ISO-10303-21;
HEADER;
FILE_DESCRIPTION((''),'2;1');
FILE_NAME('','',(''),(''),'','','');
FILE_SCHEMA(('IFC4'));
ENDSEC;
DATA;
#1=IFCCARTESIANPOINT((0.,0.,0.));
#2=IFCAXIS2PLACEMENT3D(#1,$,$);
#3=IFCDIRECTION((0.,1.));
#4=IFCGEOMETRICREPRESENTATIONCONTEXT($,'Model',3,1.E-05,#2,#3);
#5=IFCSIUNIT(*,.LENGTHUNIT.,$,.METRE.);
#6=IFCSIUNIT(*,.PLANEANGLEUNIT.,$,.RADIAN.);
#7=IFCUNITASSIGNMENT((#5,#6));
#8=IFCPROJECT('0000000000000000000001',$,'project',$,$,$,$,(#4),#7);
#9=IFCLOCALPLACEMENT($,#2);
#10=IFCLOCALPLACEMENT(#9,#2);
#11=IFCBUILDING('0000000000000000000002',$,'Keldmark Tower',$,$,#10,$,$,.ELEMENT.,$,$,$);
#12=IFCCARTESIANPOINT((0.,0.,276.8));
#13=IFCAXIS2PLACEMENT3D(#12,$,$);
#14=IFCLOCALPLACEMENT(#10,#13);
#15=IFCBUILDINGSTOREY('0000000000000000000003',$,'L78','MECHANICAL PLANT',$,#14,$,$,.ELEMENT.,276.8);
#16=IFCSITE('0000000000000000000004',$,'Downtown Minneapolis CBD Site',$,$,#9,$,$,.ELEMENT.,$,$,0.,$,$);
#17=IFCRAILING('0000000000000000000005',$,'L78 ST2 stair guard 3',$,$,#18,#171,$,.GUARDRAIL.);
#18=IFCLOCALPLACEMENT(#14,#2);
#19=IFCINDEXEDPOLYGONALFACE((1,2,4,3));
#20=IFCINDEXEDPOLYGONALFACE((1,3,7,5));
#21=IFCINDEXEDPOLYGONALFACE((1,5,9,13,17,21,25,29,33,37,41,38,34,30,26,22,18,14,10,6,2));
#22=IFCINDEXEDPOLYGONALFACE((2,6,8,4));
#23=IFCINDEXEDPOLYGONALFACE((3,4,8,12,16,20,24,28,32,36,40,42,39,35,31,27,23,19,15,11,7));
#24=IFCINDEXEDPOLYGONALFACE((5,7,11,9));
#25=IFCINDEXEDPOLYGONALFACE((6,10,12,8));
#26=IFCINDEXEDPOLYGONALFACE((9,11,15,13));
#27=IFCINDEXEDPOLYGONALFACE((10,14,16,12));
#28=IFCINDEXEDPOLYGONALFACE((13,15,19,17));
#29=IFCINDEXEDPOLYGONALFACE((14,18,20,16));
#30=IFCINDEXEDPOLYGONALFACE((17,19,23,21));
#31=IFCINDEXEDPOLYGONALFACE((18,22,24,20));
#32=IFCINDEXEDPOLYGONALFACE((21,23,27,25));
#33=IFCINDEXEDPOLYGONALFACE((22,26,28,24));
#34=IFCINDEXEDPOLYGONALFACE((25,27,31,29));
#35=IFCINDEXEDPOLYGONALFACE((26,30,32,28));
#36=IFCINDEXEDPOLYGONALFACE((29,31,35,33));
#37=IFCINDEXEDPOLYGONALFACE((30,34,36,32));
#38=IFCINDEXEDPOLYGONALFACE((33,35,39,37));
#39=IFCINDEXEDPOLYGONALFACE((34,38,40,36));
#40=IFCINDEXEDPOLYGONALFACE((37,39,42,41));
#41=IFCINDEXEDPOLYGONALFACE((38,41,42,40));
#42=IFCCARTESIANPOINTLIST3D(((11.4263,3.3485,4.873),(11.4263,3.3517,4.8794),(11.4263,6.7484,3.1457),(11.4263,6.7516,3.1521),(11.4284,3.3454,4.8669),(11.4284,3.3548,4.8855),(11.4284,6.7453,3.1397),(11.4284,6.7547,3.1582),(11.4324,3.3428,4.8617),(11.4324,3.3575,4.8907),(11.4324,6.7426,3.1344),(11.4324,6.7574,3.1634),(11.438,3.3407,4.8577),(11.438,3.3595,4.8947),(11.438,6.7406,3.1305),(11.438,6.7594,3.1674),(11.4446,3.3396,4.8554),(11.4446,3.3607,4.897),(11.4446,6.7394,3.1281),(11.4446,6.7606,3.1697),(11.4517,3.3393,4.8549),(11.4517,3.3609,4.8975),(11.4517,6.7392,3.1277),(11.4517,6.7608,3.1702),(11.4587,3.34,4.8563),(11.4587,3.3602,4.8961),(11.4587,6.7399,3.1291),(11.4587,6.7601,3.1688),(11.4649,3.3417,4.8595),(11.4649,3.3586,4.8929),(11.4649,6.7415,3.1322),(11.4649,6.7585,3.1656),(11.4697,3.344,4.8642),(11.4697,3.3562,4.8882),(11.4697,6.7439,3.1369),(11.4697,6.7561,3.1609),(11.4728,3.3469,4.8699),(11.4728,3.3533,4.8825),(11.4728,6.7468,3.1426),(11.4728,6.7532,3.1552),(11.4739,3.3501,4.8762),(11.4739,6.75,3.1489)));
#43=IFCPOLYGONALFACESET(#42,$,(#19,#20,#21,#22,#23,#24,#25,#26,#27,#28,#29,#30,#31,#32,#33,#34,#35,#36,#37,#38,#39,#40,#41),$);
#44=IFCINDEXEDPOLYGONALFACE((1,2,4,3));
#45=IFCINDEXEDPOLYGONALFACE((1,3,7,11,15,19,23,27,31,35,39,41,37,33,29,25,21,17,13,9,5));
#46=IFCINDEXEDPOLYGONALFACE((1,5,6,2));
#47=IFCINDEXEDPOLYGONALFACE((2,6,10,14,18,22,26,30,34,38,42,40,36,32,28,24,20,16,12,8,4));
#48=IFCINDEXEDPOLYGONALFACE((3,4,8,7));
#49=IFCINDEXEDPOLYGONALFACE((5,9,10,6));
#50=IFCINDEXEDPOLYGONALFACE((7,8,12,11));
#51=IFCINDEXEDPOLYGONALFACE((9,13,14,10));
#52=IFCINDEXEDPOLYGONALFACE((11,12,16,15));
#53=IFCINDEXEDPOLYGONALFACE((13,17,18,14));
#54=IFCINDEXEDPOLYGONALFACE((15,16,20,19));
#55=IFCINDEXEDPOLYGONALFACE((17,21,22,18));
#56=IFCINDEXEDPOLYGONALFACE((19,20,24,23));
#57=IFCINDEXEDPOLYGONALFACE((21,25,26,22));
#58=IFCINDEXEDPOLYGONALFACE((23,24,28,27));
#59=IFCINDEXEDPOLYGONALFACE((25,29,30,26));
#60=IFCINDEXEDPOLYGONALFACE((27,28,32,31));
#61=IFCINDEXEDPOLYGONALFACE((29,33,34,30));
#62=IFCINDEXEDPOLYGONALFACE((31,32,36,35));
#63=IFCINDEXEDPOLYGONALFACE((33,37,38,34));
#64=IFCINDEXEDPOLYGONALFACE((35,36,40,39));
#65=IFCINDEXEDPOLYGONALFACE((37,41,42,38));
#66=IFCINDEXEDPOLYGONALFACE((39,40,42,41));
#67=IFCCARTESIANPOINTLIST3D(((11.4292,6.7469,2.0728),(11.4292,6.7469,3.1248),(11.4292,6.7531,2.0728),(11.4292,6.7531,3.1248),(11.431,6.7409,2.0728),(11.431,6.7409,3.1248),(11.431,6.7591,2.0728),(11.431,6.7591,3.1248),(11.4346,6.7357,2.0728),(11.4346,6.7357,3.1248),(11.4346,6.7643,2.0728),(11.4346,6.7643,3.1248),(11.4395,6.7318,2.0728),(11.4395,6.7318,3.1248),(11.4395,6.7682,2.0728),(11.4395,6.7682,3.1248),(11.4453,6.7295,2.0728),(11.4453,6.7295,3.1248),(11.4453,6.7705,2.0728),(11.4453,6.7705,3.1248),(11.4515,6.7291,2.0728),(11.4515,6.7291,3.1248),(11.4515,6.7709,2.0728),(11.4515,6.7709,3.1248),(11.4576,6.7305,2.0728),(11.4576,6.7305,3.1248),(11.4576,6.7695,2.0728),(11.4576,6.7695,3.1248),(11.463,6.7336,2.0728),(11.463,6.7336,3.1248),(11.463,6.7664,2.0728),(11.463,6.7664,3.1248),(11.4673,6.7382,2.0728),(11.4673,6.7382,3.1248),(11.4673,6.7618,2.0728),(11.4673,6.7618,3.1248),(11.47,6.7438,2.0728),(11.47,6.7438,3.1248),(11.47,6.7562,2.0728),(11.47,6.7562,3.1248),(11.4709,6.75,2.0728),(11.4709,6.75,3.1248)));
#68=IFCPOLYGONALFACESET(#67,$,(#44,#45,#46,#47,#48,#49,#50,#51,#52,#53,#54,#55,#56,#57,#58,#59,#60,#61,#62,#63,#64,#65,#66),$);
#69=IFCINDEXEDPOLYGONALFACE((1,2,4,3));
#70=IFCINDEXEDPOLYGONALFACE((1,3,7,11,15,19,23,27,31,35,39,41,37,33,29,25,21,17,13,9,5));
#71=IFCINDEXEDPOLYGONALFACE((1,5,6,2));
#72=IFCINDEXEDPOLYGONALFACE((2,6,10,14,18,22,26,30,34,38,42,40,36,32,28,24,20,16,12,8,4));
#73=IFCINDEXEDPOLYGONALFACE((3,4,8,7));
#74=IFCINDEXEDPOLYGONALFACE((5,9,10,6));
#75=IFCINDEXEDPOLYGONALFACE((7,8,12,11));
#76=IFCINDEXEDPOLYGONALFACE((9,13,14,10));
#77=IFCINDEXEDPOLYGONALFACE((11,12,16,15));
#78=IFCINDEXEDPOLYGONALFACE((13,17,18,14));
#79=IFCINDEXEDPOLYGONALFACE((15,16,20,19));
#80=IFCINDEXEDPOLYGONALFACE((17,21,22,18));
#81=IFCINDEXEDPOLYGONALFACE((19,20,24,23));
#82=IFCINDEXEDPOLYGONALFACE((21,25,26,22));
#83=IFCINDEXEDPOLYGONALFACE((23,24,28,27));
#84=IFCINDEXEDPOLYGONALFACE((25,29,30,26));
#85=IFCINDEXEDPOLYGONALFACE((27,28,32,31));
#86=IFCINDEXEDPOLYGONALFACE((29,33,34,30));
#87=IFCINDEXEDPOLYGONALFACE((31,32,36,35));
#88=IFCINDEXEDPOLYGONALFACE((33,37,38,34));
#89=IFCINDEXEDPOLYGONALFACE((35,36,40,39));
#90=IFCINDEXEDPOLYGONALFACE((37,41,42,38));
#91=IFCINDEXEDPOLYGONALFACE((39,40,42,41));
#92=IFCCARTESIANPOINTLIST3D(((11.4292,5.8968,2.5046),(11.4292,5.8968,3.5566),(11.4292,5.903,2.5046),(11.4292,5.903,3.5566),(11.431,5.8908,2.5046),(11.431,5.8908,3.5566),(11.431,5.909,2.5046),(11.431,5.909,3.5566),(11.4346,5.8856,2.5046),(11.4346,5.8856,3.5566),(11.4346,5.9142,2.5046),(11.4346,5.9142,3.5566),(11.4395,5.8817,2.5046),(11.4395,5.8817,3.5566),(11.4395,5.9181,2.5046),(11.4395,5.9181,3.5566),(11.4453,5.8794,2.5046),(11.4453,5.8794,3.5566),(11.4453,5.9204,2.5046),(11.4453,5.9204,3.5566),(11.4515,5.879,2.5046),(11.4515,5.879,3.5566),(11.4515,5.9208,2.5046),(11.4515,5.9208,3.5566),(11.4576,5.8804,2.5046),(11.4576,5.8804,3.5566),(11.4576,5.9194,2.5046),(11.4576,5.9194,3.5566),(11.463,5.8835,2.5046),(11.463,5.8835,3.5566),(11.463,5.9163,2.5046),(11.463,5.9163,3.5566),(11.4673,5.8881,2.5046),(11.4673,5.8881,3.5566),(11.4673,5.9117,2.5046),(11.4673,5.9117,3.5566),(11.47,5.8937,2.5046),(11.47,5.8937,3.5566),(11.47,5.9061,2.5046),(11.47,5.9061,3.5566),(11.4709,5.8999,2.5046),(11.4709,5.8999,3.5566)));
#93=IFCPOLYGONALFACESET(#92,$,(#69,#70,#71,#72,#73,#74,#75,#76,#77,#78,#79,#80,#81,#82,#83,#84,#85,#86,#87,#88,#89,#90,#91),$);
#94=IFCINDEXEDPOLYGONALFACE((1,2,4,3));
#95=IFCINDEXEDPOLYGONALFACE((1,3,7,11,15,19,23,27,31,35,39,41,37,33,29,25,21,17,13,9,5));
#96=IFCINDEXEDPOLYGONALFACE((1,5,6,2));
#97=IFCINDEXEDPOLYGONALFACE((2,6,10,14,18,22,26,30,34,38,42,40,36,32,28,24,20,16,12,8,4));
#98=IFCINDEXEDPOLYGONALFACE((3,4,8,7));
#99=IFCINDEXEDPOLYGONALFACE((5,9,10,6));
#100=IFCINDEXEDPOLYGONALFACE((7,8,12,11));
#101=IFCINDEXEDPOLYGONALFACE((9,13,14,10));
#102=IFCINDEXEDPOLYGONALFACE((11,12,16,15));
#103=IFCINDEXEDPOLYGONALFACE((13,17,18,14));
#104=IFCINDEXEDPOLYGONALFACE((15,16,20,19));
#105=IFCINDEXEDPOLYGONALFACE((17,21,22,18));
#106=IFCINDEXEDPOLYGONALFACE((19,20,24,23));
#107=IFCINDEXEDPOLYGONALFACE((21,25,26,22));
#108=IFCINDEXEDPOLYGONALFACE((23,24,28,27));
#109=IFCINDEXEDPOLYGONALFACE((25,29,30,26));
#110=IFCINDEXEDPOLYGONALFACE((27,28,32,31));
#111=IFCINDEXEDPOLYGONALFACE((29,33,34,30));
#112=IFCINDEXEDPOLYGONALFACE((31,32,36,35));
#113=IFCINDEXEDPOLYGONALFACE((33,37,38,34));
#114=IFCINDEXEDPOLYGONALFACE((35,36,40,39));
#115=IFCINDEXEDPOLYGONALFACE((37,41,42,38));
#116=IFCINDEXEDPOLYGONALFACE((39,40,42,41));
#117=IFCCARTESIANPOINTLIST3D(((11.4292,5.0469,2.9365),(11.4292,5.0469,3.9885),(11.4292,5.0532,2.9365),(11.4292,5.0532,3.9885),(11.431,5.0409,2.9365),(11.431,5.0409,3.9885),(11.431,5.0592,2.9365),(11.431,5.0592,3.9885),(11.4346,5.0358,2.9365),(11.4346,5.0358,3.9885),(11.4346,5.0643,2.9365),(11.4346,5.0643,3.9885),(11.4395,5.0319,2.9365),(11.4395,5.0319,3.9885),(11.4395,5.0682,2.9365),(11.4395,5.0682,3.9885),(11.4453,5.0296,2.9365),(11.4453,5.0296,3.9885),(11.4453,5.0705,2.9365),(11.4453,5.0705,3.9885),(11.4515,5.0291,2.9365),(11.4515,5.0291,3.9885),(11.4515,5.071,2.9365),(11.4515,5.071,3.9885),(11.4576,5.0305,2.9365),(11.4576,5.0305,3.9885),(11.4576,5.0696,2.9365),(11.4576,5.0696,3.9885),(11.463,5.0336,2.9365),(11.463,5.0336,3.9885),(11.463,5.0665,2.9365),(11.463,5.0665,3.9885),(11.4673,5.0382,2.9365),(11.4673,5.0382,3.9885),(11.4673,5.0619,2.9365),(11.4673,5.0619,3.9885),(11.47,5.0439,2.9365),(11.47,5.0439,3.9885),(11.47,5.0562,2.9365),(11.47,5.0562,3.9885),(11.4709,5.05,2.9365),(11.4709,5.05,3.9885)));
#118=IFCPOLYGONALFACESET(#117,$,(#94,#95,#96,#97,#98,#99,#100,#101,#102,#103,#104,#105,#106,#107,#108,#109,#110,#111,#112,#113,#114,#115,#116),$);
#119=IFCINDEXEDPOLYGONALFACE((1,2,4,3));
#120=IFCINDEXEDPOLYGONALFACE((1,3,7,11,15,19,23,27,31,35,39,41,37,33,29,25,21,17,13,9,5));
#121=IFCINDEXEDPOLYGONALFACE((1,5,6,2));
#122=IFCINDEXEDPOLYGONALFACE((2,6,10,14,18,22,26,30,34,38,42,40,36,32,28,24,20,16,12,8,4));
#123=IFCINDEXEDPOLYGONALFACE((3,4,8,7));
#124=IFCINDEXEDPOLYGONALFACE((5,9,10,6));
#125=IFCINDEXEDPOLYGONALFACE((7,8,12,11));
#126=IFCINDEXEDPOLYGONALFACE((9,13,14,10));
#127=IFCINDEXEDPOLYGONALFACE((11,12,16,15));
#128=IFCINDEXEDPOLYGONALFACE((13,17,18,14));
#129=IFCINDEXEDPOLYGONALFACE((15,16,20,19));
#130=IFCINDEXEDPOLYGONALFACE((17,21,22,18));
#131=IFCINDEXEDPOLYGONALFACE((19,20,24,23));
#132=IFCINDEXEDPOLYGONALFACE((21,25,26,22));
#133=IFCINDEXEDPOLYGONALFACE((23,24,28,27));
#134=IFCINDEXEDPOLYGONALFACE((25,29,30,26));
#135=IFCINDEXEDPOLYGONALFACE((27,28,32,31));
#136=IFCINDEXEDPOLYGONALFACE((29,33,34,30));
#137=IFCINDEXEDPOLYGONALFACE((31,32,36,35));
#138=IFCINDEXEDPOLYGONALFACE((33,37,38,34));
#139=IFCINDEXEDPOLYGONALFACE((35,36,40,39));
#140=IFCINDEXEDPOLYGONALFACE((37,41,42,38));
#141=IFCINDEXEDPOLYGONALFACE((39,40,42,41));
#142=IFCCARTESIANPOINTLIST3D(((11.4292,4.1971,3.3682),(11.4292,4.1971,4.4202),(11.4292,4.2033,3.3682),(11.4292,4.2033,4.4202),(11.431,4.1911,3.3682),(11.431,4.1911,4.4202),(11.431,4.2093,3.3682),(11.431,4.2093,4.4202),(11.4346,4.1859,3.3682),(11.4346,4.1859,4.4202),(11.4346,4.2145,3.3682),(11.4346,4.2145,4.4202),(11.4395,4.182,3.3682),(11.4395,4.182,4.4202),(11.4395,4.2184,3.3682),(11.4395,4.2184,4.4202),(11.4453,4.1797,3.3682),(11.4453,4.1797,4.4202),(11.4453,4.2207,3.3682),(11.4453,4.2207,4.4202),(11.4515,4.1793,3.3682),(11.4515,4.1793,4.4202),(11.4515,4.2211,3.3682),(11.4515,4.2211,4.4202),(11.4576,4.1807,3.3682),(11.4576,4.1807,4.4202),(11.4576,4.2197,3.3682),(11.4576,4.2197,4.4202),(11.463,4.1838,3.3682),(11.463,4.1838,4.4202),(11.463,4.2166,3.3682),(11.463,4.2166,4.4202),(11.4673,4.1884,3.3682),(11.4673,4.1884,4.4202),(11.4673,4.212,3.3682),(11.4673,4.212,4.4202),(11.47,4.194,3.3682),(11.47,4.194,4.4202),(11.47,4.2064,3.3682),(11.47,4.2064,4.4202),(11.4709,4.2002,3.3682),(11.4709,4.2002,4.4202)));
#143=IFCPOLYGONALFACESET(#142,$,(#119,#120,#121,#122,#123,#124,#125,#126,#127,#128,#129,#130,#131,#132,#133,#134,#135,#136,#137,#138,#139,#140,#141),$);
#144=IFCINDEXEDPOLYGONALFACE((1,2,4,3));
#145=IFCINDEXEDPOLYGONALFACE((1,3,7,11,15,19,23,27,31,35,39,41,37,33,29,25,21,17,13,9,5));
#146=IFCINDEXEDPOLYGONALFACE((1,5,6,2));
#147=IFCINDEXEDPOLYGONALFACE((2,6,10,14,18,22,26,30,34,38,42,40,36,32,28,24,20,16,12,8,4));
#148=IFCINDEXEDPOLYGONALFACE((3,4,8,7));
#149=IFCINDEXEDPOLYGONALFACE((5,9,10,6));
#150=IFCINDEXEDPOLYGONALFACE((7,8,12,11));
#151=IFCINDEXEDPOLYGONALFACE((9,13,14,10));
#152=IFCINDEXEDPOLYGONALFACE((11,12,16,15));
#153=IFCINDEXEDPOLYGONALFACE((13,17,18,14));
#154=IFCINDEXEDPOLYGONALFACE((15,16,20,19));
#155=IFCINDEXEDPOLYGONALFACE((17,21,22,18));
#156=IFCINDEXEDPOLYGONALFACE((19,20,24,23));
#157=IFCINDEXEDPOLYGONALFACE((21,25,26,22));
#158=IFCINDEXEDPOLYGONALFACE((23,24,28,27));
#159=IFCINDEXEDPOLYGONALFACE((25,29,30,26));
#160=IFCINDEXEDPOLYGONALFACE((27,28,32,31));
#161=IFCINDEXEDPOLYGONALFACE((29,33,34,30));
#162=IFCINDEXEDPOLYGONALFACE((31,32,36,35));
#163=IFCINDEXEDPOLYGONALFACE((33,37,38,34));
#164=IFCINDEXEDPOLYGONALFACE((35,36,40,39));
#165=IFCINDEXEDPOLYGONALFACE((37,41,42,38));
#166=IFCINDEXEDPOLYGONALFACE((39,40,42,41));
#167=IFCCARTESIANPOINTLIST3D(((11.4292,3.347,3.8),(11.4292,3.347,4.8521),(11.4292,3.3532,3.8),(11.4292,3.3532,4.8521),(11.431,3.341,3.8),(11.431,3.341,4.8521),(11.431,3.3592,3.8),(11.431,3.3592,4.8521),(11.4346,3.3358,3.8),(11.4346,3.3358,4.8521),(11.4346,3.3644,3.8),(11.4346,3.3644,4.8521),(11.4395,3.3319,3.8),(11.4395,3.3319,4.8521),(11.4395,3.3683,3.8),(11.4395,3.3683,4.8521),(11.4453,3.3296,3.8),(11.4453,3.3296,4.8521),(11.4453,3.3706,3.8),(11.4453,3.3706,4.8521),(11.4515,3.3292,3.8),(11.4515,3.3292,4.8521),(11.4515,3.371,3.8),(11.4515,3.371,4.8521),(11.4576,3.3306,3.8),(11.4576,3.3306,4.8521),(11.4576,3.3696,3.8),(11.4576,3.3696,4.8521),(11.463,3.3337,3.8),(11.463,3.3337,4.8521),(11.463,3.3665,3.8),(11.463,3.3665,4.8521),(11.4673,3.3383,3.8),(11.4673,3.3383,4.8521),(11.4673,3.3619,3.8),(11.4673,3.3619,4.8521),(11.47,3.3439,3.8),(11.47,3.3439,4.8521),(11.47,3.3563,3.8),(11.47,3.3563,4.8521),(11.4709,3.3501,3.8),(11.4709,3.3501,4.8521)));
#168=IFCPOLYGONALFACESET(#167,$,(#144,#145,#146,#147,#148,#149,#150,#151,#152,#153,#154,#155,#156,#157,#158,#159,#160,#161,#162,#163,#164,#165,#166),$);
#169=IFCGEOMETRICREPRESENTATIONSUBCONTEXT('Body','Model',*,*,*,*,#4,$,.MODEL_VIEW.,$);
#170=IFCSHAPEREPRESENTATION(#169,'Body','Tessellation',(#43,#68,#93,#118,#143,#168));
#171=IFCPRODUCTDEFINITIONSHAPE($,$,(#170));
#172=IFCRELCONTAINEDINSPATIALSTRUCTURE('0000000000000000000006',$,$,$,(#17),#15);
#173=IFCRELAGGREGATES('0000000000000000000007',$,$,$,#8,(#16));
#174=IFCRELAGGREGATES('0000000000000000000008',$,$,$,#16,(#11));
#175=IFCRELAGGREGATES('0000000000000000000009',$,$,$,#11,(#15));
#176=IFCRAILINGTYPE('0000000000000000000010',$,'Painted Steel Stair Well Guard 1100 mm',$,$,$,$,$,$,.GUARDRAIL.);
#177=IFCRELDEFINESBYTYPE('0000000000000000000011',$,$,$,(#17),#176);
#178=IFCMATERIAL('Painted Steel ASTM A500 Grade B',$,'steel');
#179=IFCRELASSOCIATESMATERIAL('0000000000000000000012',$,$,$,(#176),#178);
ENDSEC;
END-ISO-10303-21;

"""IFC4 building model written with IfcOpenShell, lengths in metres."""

from ifc_helpers import new_model, si_unit, direction, frame, origin, origin_2d, place, context, subcontext, project, spatial, circle, extrude, material, type_object, element, save


model = new_model("IFC4")

# Units and contexts
model_context = context("Model", 3, precision=1e-05, world=origin(), true_north=direction((0.0, 1.0)))
body_context = subcontext(model_context, "Body", "Model", "MODEL_VIEW")
ifc_project = project(units=[si_unit("LENGTHUNIT", "METRE"), si_unit("PLANEANGLEUNIT", "RADIAN")], contexts=[model_context])

# Site, building, storey
site_placement = place(None, origin())
site = spatial("IfcSite", under=ifc_project, at=site_placement, Name="Downtown Minneapolis CBD Site", CompositionType="ELEMENT", RefElevation=0.0)
building_placement = place(site_placement, origin())
building = spatial("IfcBuilding", under=site, at=building_placement, Name="Keldmark Tower", CompositionType="ELEMENT")
storey_placement = place(building_placement, frame((0.0, 0.0, 276.8)))
storey = spatial("IfcBuildingStorey", under=building, at=storey_placement, Name="L78", Description="MECHANICAL PLANT", CompositionType="ELEMENT", Elevation=276.8)

# Railing
ifc_material_1 = material(Name="Painted Steel ASTM A500 Grade B", Category="steel")
railing_type_1 = type_object("IfcRailingType", Name="Painted Steel Stair Well Guard 1100 mm", PredefinedType="GUARDRAIL", material=ifc_material_1)
railing_1_placement = place(storey_placement, frame((11.45, 6.75, 2.0728)))
element("IfcRailing", 1, at=railing_1_placement, inside=storey, type_object=railing_type_1, Name="L78 ST2 stair guard 3", PredefinedType="GUARDRAIL", context=body_context, shape_type="SweptSolid", body=[
    extrude(circle(Radius=0.0239, at=origin_2d()), frame((0.0, 0.0, 1.0762), z_axis=(0.0, -0.891541, 0.452941), x_axis=(1.0, 0.0, 0.0)), (0.0, 0.0, 1.0), 3.8135),
    extrude(circle(Radius=0.021, at=origin_2d()), origin(), (0.0, 0.0, 1.0), 1.052),
    extrude(circle(Radius=0.021, at=origin_2d()), frame((0.0, -0.8501, 0.4319)), (0.0, 0.0, 1.0), 1.052),
    extrude(circle(Radius=0.021, at=origin_2d()), frame((0.0, -1.7, 0.8638)), (0.0, 0.0, 1.0), 1.052),
    extrude(circle(Radius=0.021, at=origin_2d()), frame((0.0, -2.5498, 1.2954)), (0.0, 0.0, 1.0), 1.052),
    extrude(circle(Radius=0.021, at=origin_2d()), frame((0.0, -3.3999, 1.7273)), (0.0, 0.0, 1.0), 1.052),
])

save(model, "model.ifc")
